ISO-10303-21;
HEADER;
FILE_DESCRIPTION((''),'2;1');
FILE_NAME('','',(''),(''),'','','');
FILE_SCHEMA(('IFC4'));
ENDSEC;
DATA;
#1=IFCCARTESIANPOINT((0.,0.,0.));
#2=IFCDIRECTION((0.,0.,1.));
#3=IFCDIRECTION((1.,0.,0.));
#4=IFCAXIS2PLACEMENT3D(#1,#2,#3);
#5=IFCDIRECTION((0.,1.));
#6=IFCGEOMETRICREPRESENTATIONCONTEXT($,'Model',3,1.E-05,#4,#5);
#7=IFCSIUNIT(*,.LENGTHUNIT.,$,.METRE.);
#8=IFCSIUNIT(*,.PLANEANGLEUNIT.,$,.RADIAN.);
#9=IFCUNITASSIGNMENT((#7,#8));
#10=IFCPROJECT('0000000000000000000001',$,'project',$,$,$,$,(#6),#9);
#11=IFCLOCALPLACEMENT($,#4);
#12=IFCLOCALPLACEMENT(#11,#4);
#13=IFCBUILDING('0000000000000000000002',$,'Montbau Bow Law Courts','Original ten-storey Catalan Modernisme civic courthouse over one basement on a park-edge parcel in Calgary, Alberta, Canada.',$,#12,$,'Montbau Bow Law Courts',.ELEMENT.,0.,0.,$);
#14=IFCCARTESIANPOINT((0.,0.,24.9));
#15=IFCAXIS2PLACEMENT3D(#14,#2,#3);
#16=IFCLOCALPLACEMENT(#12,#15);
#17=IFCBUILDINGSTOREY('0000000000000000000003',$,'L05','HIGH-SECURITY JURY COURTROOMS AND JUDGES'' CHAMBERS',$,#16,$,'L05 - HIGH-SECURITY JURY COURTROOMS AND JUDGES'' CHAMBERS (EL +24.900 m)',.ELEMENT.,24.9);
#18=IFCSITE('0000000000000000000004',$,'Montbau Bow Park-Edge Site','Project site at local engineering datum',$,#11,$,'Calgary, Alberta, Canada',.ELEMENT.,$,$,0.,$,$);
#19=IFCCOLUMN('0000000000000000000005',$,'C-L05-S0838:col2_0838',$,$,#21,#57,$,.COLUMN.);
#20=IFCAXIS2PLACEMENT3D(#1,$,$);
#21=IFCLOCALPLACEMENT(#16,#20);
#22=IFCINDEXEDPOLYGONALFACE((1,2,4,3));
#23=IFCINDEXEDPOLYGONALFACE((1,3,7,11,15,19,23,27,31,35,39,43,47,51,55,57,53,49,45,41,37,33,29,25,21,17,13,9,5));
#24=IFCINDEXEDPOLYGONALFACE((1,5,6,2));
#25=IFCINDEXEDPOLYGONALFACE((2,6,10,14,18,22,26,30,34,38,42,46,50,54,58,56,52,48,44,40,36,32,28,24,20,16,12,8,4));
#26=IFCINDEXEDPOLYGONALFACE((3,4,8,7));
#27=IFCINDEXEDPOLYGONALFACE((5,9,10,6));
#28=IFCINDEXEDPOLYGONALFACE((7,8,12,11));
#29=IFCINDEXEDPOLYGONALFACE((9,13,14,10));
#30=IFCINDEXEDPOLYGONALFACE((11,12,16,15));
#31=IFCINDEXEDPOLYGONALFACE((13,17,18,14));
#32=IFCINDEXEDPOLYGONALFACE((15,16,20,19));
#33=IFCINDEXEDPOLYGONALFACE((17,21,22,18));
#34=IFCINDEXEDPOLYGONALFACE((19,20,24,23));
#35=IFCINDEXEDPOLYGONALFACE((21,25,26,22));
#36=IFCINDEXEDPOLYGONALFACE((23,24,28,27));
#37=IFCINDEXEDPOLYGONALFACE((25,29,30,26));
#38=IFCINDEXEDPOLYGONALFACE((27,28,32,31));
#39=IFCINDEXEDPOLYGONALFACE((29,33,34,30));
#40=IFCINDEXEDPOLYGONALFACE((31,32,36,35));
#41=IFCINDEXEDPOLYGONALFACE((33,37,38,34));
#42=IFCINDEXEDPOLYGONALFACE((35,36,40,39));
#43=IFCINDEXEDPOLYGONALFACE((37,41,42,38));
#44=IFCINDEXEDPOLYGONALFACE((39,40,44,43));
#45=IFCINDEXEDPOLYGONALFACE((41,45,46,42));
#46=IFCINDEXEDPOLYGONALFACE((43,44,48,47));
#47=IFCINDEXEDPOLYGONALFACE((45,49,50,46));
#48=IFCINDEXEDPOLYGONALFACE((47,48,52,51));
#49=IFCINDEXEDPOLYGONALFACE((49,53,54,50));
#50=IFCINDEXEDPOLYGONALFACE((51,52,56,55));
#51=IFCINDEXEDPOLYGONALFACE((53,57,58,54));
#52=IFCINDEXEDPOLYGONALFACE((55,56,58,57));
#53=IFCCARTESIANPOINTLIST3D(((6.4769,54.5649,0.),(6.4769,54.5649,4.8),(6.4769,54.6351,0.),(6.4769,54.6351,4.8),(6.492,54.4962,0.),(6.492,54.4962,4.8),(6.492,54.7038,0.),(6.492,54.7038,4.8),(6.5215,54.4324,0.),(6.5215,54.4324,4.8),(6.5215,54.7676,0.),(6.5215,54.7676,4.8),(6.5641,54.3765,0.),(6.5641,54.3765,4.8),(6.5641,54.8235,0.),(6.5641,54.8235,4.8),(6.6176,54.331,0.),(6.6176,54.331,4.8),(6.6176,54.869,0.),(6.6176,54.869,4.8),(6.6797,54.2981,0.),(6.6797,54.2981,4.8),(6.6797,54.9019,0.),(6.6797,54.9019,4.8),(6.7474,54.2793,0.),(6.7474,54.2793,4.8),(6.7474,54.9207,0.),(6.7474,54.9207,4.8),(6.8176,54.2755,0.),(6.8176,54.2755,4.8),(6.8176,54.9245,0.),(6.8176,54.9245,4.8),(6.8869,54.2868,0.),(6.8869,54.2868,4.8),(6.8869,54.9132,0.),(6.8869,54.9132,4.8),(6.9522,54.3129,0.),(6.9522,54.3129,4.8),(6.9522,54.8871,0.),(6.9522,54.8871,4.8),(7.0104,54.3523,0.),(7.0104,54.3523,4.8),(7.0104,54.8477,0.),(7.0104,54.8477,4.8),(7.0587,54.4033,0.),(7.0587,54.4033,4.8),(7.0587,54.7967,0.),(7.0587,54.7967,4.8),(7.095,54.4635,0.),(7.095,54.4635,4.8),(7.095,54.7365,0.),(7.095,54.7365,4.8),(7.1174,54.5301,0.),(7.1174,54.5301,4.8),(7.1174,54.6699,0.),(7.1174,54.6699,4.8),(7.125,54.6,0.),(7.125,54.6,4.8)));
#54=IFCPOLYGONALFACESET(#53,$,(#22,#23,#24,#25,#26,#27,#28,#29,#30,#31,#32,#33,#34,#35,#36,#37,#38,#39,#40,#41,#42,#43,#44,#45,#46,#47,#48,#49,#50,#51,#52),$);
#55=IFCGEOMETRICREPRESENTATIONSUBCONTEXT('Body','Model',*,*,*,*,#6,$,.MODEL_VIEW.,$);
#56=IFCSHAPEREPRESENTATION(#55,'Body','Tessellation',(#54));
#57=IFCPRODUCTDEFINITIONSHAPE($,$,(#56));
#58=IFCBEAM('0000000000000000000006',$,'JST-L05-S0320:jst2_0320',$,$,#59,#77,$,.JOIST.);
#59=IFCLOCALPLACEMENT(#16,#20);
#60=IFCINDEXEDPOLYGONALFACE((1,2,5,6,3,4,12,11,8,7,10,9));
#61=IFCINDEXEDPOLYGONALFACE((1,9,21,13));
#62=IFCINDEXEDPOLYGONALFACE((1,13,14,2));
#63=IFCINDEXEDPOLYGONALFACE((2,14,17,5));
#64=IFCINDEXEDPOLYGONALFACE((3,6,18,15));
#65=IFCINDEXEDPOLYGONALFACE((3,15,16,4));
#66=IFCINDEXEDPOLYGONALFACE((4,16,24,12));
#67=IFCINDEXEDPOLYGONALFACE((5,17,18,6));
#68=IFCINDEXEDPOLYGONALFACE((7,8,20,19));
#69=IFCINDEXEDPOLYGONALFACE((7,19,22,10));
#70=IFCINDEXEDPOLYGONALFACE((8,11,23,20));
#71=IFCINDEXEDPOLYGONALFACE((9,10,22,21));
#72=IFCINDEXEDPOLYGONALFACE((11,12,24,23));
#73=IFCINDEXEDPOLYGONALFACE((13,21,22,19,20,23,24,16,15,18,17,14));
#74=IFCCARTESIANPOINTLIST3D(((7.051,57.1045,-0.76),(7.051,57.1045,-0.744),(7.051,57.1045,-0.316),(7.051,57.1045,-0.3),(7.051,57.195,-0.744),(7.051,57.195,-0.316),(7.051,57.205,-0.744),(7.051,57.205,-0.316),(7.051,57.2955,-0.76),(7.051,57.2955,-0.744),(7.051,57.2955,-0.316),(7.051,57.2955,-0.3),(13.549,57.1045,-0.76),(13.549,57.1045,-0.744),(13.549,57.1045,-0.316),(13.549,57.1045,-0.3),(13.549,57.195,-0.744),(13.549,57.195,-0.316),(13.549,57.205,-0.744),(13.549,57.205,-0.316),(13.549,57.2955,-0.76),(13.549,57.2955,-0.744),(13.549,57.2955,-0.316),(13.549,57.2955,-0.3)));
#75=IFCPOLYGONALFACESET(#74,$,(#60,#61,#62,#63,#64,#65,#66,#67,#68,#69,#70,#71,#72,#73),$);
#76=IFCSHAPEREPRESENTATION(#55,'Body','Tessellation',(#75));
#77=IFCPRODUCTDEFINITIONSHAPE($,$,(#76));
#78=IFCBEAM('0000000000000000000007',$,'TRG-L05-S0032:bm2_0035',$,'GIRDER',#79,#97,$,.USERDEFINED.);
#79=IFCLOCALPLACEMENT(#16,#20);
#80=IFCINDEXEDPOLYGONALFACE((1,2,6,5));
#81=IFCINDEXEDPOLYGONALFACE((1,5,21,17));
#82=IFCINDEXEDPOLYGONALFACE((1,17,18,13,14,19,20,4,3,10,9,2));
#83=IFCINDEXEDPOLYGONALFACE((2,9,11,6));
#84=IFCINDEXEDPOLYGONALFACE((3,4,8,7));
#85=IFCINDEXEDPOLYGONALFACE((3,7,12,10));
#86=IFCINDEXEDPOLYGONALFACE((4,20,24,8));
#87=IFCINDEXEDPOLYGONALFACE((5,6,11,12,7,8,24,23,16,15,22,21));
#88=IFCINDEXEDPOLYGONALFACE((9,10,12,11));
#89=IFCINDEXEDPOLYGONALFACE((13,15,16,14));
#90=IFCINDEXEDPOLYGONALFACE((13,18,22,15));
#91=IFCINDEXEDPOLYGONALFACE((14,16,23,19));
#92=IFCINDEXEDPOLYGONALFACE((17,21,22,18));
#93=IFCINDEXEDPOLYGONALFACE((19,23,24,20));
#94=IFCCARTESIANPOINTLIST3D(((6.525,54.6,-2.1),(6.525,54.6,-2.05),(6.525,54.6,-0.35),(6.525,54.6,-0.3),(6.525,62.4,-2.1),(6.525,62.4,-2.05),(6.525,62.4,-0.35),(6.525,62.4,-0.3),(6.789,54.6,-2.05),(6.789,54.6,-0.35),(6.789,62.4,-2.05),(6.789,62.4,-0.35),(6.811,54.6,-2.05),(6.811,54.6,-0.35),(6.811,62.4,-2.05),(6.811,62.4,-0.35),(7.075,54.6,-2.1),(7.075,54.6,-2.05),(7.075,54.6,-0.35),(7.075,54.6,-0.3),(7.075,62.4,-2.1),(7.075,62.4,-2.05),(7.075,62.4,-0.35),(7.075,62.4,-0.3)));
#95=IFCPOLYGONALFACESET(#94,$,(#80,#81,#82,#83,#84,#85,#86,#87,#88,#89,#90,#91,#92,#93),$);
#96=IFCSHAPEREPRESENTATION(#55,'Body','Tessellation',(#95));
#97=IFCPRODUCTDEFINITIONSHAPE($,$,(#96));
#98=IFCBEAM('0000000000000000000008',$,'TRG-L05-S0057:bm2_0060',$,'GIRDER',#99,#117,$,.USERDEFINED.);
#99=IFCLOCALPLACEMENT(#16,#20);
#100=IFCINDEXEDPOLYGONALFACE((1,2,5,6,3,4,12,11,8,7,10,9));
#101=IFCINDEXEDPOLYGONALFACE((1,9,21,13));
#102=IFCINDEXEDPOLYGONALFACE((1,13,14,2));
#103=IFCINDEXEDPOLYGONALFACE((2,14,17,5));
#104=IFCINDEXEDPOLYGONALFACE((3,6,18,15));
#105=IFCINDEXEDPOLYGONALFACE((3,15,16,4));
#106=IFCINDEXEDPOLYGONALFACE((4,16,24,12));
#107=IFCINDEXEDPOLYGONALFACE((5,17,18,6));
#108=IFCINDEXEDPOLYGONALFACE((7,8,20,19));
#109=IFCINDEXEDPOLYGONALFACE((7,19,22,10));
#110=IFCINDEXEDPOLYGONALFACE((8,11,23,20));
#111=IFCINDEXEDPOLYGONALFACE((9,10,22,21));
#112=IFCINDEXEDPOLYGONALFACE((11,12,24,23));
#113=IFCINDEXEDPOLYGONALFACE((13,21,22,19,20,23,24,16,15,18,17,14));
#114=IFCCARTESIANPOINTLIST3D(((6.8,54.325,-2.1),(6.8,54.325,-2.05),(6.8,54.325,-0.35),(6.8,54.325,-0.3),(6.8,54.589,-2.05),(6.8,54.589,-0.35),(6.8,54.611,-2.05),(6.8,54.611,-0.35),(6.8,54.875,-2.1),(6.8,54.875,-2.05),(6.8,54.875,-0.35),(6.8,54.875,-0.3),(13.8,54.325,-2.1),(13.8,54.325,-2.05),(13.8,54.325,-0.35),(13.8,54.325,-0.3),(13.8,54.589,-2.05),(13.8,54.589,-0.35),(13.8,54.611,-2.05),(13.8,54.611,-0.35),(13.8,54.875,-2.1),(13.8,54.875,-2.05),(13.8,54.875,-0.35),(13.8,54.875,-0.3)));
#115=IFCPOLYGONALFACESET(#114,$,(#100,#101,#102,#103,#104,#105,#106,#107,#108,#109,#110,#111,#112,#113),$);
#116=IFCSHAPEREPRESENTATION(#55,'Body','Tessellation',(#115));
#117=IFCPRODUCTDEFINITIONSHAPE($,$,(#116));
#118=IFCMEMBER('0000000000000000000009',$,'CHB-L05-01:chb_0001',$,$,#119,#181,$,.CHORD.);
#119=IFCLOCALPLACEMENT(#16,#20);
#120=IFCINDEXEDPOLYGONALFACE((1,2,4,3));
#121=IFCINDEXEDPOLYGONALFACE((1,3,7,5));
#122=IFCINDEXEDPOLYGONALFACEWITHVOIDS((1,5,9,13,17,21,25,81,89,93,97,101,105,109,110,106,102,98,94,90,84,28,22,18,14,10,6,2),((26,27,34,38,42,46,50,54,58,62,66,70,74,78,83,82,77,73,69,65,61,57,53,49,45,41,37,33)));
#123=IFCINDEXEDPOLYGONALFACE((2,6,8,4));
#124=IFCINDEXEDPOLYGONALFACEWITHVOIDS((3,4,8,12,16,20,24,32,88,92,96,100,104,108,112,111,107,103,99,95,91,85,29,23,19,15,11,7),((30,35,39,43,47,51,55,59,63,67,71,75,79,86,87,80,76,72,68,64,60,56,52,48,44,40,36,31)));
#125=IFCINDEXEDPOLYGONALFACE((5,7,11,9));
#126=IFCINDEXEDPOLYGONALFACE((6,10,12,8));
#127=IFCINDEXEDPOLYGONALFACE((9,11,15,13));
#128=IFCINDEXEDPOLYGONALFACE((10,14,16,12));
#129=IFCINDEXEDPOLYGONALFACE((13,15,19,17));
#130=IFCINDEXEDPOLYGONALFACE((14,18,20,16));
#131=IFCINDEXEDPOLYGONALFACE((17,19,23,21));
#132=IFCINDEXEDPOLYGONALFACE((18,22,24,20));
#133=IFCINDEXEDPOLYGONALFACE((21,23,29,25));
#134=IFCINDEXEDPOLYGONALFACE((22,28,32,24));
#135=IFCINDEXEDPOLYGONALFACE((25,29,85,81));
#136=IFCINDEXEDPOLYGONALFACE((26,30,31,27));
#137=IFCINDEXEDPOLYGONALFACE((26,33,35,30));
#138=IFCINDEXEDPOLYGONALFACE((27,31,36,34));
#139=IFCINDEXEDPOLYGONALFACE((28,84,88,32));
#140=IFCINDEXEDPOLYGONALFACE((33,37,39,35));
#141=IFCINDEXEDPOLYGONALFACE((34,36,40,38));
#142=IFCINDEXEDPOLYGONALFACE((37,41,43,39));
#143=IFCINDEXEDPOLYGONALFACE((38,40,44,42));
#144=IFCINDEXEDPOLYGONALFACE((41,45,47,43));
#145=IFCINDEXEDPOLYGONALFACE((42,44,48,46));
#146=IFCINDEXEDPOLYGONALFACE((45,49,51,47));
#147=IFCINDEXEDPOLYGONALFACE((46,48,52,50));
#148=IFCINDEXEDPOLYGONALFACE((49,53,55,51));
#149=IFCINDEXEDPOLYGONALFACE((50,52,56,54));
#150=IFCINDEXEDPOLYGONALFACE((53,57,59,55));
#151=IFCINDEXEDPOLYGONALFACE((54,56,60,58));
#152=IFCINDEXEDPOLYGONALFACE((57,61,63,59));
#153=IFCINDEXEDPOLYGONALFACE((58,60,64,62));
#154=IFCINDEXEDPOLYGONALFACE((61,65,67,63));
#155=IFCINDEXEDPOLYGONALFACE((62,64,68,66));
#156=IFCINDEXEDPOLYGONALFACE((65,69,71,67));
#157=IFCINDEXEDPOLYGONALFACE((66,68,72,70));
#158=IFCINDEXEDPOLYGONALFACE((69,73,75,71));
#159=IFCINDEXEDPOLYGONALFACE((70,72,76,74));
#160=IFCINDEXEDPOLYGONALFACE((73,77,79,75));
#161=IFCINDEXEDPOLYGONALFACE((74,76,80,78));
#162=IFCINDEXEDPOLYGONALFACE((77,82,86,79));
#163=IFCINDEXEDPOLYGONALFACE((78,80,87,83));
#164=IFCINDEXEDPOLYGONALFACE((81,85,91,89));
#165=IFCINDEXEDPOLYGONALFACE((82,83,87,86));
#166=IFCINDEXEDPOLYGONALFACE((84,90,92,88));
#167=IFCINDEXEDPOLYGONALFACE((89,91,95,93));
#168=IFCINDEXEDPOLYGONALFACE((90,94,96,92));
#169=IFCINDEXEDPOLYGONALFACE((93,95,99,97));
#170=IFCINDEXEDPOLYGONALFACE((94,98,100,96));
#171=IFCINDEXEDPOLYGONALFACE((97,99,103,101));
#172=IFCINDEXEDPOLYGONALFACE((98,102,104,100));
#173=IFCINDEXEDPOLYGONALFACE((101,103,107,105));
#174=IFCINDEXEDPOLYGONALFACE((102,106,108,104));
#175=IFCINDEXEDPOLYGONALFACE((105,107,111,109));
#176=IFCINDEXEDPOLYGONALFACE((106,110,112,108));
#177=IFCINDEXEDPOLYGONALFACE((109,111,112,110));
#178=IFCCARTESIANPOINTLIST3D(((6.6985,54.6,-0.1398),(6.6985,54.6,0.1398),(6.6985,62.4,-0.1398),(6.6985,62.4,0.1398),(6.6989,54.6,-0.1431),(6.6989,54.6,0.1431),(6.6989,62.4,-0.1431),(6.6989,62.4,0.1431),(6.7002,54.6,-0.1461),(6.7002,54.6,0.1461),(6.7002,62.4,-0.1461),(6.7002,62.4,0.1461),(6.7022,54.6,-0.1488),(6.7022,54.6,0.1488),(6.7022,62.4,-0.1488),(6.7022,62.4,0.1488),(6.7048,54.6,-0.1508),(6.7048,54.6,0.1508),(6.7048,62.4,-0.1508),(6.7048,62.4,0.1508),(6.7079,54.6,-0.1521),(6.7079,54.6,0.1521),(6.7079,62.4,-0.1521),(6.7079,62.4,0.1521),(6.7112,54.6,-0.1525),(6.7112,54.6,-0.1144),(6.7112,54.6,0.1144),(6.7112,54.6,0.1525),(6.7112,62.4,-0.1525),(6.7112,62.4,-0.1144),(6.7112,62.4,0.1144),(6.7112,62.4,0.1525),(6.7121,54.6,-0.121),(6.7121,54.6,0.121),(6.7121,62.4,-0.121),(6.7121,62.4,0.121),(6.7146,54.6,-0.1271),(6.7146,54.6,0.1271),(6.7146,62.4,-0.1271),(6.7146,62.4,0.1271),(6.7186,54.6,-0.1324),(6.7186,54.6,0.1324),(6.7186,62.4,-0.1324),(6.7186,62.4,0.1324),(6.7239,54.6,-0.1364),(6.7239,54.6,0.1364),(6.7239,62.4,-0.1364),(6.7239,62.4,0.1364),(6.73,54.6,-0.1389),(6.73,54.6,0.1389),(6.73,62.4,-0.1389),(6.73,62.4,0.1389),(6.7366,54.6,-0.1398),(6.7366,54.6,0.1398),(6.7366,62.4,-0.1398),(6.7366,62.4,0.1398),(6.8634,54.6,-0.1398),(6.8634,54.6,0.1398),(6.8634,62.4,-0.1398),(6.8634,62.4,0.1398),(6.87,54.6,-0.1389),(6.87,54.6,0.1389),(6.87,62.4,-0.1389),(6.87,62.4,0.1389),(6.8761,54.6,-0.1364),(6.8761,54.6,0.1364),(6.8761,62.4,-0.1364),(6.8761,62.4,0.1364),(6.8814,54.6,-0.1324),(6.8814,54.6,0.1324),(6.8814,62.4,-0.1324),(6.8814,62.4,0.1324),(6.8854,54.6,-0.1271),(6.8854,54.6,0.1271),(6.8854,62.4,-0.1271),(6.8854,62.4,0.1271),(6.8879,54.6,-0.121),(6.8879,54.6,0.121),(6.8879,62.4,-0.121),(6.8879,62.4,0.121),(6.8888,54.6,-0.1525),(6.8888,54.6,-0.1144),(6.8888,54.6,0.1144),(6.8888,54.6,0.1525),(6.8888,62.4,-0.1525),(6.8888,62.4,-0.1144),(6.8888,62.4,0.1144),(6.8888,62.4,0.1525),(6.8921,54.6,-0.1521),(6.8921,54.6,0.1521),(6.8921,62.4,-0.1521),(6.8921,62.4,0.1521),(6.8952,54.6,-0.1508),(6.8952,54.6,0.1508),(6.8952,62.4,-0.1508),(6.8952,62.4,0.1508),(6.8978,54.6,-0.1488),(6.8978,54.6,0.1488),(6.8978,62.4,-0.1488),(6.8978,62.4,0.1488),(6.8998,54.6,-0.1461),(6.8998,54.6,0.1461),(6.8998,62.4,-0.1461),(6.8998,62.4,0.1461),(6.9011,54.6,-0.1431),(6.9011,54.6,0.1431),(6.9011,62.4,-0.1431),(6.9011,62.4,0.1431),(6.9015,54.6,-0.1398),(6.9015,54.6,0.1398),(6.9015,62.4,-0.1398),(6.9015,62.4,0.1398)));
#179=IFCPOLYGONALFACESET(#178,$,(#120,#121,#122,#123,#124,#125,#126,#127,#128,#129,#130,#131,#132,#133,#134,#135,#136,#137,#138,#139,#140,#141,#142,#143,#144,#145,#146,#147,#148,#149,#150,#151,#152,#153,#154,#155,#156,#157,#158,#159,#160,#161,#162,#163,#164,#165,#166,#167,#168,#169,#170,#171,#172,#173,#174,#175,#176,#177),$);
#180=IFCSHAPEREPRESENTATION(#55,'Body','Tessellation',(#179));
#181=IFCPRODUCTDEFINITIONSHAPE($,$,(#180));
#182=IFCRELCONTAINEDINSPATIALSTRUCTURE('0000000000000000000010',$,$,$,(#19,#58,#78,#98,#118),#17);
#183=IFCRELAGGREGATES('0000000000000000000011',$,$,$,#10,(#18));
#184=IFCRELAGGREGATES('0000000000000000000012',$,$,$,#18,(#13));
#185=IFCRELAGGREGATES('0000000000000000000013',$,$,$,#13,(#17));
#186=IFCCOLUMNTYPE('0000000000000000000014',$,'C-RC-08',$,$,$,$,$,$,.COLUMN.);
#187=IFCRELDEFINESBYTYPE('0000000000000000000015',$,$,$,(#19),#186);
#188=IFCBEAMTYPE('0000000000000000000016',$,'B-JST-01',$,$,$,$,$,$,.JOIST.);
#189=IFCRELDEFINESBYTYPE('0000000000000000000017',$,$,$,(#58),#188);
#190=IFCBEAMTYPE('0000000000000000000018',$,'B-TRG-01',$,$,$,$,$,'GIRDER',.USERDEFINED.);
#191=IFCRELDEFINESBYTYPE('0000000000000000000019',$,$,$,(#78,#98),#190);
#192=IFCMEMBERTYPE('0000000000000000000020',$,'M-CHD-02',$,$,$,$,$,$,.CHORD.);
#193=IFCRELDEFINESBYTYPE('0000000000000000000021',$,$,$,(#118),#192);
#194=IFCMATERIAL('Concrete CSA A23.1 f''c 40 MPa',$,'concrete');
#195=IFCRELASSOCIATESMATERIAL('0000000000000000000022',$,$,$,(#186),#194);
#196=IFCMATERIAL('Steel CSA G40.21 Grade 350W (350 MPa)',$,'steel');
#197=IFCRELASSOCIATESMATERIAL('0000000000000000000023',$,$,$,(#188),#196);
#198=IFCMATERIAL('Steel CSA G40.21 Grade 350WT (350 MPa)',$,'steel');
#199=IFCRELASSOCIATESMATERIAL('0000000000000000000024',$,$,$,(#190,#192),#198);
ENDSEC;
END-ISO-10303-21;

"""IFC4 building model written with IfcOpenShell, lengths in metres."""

from ifc_helpers import new_model, si_unit, direction, frame, origin_with_axes, origin_2d_with_axis, place, context, subcontext, project, spatial, hollow_rectangle, circle, i_section, extrude, material, material_profile, profile_set, type_object, element, save


model = new_model("IFC4")

# Units and contexts
model_context = context("Model", 3, precision=1e-05, world=origin_with_axes(), true_north=direction((0.0, 1.0)))
body_context = subcontext(model_context, "Body", "Model", "MODEL_VIEW")
ifc_project = project(units=[si_unit("LENGTHUNIT", "METRE"), si_unit("PLANEANGLEUNIT", "RADIAN")], contexts=[model_context])

# Site, building, storey
site_placement = place(None, origin_with_axes())
site = spatial("IfcSite", under=ifc_project, at=site_placement, Name="Montbau Bow Park-Edge Site", Description="Project site at local engineering datum", LongName="Calgary, Alberta, Canada", CompositionType="ELEMENT", RefElevation=0.0)
building_placement = place(site_placement, origin_with_axes())
building = spatial("IfcBuilding", under=site, at=building_placement, Name="Montbau Bow Law Courts", Description="Original ten-storey Catalan Modernisme civic courthouse over one basement on a park-edge parcel in Calgary, Alberta, Canada.", LongName="Montbau Bow Law Courts", CompositionType="ELEMENT", ElevationOfRefHeight=0.0, ElevationOfTerrain=0.0)
storey_placement = place(building_placement, frame((0.0, 0.0, 24.9), z_axis=(0.0, 0.0, 1.0), x_axis=(1.0, 0.0, 0.0)))
storey = spatial("IfcBuildingStorey", under=building, at=storey_placement, Name="L05", Description="HIGH-SECURITY JURY COURTROOMS AND JUDGES' CHAMBERS", LongName="L05 - HIGH-SECURITY JURY COURTROOMS AND JUDGES' CHAMBERS (EL +24.900 m)", CompositionType="ELEMENT", Elevation=24.9)

# Column
ifc_material_1 = material(Name="Concrete CSA A23.1 f'c 40 MPa", Category="concrete")
ifc_material_profile_1 = material_profile(ifc_material_1, circle(Radius=0.325, at=origin_2d_with_axis()), Name="RC650D", Category="Main", Priority=0)
ifc_profile_set_1 = profile_set([ifc_material_profile_1], Name="Concrete CSA A23.1 f'c 40 MPa")
column_type = type_object("IfcColumnType", Name="C-RC-08", PredefinedType="COLUMN", material=ifc_profile_set_1)
column_placement = place(None, frame((6.8, 54.6, 24.9), z_axis=(0.0, 0.0, 1.0), x_axis=(1.0, 0.0, 0.0)))
element("IfcColumn", 1, at=column_placement, inside=storey, type_object=column_type, Name="C-L05-S0838:col2_0838", PredefinedType="COLUMN", context=body_context, shape_type="SweptSolid", body=[
    extrude(circle(Radius=0.325, at=origin_2d_with_axis()), origin_with_axes(), (0.0, 0.0, 1.0), 4.8),
])

# Beams
ifc_material_2 = material(Name="Steel CSA G40.21 Grade 350W (350 MPa)", Category="steel")
ifc_material_profile_2 = material_profile(ifc_material_2, i_section(OverallWidth=0.191, OverallDepth=0.46, WebThickness=0.0099, FlangeThickness=0.016, at=origin_2d_with_axis()), Name="W460X82", Category="Main", Priority=0)
ifc_profile_set_2 = profile_set([ifc_material_profile_2], Name="Steel CSA G40.21 Grade 350W (350 MPa)")
beam_type_1 = type_object("IfcBeamType", Name="B-JST-01", PredefinedType="JOIST", material=ifc_profile_set_2)
beam_1_placement = place(None, frame((7.051, 57.2, 24.37), z_axis=(1.0, 0.0, 0.0), x_axis=(0.0, 1.0, 0.0)))
element("IfcBeam", 2, at=beam_1_placement, inside=storey, type_object=beam_type_1, Name="JST-L05-S0320:jst2_0320", PredefinedType="JOIST", context=body_context, shape_type="SweptSolid", body=[
    extrude(i_section(OverallWidth=0.191, OverallDepth=0.46, WebThickness=0.0099, FlangeThickness=0.016, at=origin_2d_with_axis()), origin_with_axes(), (0.0, 0.0, 1.0), 6.498),
])
ifc_material_3 = material(Name="Steel CSA G40.21 Grade 350WT (350 MPa)", Category="steel")
ifc_material_profile_3 = material_profile(ifc_material_3, i_section(OverallWidth=0.55, OverallDepth=1.8, WebThickness=0.022, FlangeThickness=0.05, at=origin_2d_with_axis()), Name="WWF1800X550", Category="Main", Priority=0)
ifc_profile_set_3 = profile_set([ifc_material_profile_3], Name="Steel CSA G40.21 Grade 350WT (350 MPa)")
beam_type_2 = type_object("IfcBeamType", Name="B-TRG-01", ElementType="GIRDER", PredefinedType="USERDEFINED", material=ifc_profile_set_3)
beam_2_placement = place(None, frame((6.8, 54.6, 23.7), z_axis=(0.0, 1.0, 0.0), x_axis=(-1.0, 0.0, 0.0)))
element("IfcBeam", 3, at=beam_2_placement, inside=storey, type_object=beam_type_2, Name="TRG-L05-S0032:bm2_0035", ObjectType="GIRDER", PredefinedType="USERDEFINED", context=body_context, shape_type="SweptSolid", body=[
    extrude(i_section(OverallWidth=0.55, OverallDepth=1.8, WebThickness=0.022, FlangeThickness=0.05, at=origin_2d_with_axis()), origin_with_axes(), (0.0, 0.0, 1.0), 7.8),
])
beam_3_placement = place(None, frame((6.8, 54.6, 23.7), z_axis=(1.0, 0.0, 0.0), x_axis=(0.0, 1.0, 0.0)))
element("IfcBeam", 4, at=beam_3_placement, inside=storey, type_object=beam_type_2, Name="TRG-L05-S0057:bm2_0060", ObjectType="GIRDER", PredefinedType="USERDEFINED", context=body_context, shape_type="SweptSolid", body=[
    extrude(i_section(OverallWidth=0.55, OverallDepth=1.8, WebThickness=0.022, FlangeThickness=0.05, at=origin_2d_with_axis()), origin_with_axes(), (0.0, 0.0, 1.0), 7.0),
])

# Member
ifc_material_profile_4 = material_profile(ifc_material_3, hollow_rectangle(XDim=0.203, YDim=0.305, WallThickness=0.0127, InnerFilletRadius=0.0254, OuterFilletRadius=0.0127, at=origin_2d_with_axis()), Name="HSS305X203X13", Category="Main", Priority=0)
ifc_profile_set_4 = profile_set([ifc_material_profile_4], Name="Steel CSA G40.21 Grade 350WT (350 MPa)")
member_type_1 = type_object("IfcMemberType", Name="M-CHD-02", PredefinedType="CHORD", material=ifc_profile_set_4)
member_1_placement = place(None, frame((6.8, 54.6, 24.9), z_axis=(0.0, 1.0, 0.0), x_axis=(-1.0, 0.0, 0.0)))
element("IfcMember", 5, at=member_1_placement, inside=storey, type_object=member_type_1, Name="CHB-L05-01:chb_0001", PredefinedType="CHORD", context=body_context, shape_type="SweptSolid", body=[
    extrude(hollow_rectangle(XDim=0.203, YDim=0.305, WallThickness=0.0127, InnerFilletRadius=0.0254, OuterFilletRadius=0.0127, at=origin_2d_with_axis()), origin_with_axes(), (0.0, 0.0, 1.0), 7.8),
])

save(model, "model.ifc")
